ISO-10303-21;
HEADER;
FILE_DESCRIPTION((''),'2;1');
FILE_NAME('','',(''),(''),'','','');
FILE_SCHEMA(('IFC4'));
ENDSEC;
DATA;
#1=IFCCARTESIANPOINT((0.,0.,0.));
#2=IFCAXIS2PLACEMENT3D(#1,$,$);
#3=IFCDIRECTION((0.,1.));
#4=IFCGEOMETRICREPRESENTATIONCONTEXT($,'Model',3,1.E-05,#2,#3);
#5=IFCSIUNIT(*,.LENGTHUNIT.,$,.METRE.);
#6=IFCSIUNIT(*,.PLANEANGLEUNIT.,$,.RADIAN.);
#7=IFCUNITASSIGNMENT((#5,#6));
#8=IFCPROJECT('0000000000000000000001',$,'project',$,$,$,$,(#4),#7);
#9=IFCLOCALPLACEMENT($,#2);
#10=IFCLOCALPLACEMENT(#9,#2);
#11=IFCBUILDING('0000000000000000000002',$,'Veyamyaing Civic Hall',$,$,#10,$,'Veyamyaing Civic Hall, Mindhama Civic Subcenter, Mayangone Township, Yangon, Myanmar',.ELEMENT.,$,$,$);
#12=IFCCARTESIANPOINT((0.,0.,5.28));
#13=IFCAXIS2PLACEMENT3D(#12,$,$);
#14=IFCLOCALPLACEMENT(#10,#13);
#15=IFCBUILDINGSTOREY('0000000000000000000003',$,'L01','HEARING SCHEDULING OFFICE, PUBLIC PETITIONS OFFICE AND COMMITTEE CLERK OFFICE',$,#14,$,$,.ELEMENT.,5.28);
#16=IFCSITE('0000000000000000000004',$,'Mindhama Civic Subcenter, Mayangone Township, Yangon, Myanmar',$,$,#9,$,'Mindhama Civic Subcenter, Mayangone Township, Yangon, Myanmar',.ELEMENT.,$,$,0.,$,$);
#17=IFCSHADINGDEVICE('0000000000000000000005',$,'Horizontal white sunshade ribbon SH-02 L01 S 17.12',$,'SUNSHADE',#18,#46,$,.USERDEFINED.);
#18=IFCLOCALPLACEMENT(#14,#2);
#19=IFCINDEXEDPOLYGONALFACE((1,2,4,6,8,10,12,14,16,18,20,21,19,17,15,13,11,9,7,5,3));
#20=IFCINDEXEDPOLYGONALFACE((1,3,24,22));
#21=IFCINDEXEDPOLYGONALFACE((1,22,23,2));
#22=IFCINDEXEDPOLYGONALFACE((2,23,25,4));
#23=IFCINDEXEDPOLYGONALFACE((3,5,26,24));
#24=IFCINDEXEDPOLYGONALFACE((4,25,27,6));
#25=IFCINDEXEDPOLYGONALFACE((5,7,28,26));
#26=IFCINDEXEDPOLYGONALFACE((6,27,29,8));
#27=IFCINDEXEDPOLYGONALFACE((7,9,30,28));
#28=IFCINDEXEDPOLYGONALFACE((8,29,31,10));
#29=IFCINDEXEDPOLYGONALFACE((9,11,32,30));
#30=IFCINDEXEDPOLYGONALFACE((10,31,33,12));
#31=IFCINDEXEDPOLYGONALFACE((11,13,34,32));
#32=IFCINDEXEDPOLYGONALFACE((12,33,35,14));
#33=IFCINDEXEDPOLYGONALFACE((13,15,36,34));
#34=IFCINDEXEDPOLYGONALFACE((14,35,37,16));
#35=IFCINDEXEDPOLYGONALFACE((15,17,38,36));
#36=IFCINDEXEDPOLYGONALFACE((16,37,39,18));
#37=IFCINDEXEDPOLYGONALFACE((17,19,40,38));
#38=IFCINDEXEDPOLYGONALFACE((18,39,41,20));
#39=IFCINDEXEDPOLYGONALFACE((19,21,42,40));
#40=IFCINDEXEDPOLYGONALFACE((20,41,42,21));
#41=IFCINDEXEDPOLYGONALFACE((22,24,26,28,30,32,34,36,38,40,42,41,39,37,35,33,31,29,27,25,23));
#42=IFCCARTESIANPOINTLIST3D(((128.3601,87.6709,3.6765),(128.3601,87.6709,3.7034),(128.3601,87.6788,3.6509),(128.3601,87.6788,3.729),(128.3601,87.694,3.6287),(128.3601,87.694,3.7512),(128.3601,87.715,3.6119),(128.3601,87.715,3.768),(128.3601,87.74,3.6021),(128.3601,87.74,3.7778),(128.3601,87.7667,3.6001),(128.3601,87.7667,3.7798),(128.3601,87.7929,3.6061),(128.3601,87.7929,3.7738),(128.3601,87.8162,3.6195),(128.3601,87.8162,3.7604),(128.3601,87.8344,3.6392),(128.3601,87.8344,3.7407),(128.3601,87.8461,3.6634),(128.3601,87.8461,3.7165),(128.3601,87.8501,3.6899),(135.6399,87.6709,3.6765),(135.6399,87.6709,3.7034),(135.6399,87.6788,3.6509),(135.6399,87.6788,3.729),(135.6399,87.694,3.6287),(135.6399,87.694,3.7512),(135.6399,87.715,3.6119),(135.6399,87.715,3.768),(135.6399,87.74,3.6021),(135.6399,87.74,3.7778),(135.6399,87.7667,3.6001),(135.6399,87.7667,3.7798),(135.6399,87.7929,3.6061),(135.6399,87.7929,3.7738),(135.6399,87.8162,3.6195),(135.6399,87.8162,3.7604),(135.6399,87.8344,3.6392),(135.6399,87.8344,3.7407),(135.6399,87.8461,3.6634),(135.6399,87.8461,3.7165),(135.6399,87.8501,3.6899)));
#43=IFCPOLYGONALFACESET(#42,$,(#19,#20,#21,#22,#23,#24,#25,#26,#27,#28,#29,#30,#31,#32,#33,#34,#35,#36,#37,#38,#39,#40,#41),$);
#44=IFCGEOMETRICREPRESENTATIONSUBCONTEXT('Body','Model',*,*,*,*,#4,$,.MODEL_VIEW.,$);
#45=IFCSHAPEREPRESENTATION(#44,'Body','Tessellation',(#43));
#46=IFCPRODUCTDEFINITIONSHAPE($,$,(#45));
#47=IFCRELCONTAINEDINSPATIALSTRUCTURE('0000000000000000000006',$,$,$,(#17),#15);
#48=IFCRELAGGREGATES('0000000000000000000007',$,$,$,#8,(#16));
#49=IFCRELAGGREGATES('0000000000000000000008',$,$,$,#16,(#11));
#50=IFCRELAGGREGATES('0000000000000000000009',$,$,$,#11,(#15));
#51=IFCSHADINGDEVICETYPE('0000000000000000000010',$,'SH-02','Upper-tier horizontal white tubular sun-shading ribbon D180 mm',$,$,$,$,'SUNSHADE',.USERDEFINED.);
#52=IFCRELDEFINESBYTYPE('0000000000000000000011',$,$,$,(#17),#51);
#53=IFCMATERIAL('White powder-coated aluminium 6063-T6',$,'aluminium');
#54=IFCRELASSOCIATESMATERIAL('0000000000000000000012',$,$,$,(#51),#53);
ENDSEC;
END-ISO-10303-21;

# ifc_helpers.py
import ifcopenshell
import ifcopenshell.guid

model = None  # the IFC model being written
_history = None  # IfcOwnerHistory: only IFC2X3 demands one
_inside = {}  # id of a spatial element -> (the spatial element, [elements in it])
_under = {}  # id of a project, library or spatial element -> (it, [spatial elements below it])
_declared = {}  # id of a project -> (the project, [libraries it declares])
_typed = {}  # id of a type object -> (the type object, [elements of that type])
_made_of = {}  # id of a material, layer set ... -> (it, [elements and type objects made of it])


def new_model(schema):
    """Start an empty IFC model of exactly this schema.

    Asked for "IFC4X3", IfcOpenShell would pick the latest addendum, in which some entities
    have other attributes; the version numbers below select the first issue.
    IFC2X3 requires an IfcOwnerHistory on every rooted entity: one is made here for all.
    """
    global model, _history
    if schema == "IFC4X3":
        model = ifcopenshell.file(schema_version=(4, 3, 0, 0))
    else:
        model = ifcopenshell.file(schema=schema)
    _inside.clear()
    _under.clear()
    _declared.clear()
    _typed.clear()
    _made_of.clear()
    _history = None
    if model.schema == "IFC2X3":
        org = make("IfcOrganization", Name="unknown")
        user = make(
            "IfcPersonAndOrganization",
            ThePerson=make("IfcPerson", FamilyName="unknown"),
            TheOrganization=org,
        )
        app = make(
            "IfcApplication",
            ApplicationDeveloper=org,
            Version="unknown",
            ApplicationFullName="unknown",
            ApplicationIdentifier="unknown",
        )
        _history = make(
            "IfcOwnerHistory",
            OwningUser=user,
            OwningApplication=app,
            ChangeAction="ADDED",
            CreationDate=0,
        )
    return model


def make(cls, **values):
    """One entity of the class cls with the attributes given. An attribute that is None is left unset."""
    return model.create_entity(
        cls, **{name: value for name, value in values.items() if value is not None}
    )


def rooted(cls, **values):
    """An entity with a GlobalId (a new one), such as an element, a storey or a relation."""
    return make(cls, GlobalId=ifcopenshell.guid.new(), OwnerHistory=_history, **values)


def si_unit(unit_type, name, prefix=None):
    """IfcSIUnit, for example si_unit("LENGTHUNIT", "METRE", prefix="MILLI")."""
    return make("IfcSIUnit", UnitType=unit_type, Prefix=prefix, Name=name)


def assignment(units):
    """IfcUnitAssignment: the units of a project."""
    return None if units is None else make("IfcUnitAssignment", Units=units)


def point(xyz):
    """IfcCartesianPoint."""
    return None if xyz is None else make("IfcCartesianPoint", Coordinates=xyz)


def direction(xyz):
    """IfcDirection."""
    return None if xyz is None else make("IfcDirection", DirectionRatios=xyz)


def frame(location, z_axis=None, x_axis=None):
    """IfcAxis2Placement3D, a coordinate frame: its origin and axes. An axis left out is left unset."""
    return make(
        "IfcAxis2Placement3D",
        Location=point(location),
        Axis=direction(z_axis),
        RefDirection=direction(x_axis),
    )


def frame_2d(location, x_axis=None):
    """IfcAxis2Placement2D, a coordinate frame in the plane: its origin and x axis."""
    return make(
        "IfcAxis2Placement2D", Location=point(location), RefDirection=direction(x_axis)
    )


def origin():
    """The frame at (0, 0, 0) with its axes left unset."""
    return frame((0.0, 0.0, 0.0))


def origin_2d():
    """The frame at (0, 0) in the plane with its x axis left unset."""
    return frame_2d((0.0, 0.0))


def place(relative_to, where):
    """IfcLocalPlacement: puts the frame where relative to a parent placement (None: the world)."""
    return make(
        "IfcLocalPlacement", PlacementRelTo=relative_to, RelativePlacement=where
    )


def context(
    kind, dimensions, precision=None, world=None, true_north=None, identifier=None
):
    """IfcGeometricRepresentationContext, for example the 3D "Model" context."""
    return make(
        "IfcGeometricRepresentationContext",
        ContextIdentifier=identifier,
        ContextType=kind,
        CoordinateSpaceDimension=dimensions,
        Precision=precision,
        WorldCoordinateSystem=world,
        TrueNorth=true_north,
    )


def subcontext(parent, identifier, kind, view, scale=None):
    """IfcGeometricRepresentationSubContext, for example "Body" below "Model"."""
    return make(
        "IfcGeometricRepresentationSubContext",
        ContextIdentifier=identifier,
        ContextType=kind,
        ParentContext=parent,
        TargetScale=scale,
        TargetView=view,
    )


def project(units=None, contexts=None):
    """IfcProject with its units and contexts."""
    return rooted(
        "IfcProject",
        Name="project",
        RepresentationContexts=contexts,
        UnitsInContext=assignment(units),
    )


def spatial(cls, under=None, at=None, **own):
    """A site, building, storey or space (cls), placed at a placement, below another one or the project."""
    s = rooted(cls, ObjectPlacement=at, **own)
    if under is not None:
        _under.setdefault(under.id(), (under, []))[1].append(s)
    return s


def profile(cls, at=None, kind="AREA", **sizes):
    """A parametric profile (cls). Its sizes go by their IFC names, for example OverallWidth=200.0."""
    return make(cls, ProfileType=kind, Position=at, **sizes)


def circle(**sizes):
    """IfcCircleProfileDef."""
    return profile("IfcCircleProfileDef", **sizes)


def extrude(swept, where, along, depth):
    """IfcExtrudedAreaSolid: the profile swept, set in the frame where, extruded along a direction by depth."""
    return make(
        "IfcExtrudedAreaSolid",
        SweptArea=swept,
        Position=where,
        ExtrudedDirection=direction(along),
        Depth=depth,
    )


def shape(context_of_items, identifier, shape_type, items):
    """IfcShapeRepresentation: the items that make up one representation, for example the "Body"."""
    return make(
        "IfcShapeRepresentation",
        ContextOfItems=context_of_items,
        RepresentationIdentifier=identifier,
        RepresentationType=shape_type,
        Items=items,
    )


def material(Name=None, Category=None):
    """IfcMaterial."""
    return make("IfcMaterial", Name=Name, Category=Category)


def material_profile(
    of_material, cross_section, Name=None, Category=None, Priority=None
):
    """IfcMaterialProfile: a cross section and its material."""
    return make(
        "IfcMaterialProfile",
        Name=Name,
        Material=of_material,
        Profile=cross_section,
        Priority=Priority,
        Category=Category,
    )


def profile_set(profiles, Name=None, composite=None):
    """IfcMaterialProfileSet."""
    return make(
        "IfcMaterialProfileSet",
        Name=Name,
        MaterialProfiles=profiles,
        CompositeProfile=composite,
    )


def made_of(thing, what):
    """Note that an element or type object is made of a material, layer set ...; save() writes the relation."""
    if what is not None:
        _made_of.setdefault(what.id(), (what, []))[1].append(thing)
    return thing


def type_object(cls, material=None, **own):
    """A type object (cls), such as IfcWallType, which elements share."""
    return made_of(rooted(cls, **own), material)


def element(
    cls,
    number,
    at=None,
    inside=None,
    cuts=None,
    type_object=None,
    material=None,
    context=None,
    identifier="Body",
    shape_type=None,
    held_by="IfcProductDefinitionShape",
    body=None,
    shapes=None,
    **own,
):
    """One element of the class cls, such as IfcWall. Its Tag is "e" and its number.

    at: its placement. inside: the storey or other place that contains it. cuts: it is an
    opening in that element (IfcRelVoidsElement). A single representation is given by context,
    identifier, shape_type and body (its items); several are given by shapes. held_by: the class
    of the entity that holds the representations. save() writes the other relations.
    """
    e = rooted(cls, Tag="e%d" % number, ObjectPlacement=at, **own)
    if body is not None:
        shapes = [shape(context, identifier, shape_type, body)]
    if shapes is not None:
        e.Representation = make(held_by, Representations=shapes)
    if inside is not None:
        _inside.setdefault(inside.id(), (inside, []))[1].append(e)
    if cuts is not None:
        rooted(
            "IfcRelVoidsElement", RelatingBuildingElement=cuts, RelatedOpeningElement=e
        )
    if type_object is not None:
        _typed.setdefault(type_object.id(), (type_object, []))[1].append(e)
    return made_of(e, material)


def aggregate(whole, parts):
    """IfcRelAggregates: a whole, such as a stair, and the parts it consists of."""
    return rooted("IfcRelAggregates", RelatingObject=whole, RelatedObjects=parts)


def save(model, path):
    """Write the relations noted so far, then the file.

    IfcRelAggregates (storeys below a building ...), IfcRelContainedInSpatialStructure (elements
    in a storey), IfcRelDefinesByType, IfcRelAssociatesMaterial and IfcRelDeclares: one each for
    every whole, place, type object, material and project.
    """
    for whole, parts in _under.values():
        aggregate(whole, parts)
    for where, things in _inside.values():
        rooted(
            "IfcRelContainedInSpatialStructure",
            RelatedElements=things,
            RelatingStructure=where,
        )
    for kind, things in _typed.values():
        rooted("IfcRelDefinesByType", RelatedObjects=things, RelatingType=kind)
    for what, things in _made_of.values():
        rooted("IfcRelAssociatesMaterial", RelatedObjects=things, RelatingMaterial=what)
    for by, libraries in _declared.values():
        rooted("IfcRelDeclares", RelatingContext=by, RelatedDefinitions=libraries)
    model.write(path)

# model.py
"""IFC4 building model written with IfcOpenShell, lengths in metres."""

from ifc_helpers import new_model, si_unit, direction, frame, origin, origin_2d, place, context, subcontext, project, spatial, circle, extrude, material, material_profile, profile_set, type_object, element, save


model = new_model("IFC4")

# Units and contexts
model_context = context("Model", 3, precision=1e-05, world=origin(), true_north=direction((0.0, 1.0)))
body_context = subcontext(model_context, "Body", "Model", "MODEL_VIEW")
ifc_project = project(units=[si_unit("LENGTHUNIT", "METRE"), si_unit("PLANEANGLEUNIT", "RADIAN")], contexts=[model_context])

# Site, building, storey
site_placement = place(None, origin())
site = spatial("IfcSite", under=ifc_project, at=site_placement, Name="Mindhama Civic Subcenter, Mayangone Township, Yangon, Myanmar", LongName="Mindhama Civic Subcenter, Mayangone Township, Yangon, Myanmar", CompositionType="ELEMENT", RefElevation=0.0)
building_placement = place(site_placement, origin())
building = spatial("IfcBuilding", under=site, at=building_placement, Name="Veyamyaing Civic Hall", LongName="Veyamyaing Civic Hall, Mindhama Civic Subcenter, Mayangone Township, Yangon, Myanmar", CompositionType="ELEMENT")
storey_placement = place(building_placement, frame((0.0, 0.0, 5.28)))
storey = spatial("IfcBuildingStorey", under=building, at=storey_placement, Name="L01", Description="HEARING SCHEDULING OFFICE, PUBLIC PETITIONS OFFICE AND COMMITTEE CLERK OFFICE", CompositionType="ELEMENT", Elevation=5.28)

# Shared definitions
ifc_material_1 = material(Name="White powder-coated aluminium 6063-T6", Category="aluminium")

# Shading device
ifc_material_profile_1 = material_profile(ifc_material_1, circle(Radius=0.0901, at=origin_2d()), Name="SHADE-TUBE-180")
ifc_profile_set_1 = profile_set([ifc_material_profile_1], Name="White powder-coated aluminium 6063-T6")
shading_device_type = type_object("IfcShadingDeviceType", Name="SH-02", Description="Upper-tier horizontal white tubular sun-shading ribbon D180 mm", ElementType="SUNSHADE", PredefinedType="USERDEFINED", material=ifc_profile_set_1)
shading_device_placement = place(storey_placement, frame((128.3601, 87.76, 3.6899), z_axis=(1.0, 0.0, 0.0), x_axis=(0.0, 1.0, 0.0)))
element("IfcShadingDevice", 1, at=shading_device_placement, inside=storey, type_object=shading_device_type, Name="Horizontal white sunshade ribbon SH-02 L01 S 17.12", ObjectType="SUNSHADE", PredefinedType="USERDEFINED", context=body_context, shape_type="SweptSolid", body=[
    extrude(circle(Radius=0.0901, at=origin_2d()), origin(), (0.0, 0.0, 1.0), 7.2798),
])

save(model, "model.ifc")
